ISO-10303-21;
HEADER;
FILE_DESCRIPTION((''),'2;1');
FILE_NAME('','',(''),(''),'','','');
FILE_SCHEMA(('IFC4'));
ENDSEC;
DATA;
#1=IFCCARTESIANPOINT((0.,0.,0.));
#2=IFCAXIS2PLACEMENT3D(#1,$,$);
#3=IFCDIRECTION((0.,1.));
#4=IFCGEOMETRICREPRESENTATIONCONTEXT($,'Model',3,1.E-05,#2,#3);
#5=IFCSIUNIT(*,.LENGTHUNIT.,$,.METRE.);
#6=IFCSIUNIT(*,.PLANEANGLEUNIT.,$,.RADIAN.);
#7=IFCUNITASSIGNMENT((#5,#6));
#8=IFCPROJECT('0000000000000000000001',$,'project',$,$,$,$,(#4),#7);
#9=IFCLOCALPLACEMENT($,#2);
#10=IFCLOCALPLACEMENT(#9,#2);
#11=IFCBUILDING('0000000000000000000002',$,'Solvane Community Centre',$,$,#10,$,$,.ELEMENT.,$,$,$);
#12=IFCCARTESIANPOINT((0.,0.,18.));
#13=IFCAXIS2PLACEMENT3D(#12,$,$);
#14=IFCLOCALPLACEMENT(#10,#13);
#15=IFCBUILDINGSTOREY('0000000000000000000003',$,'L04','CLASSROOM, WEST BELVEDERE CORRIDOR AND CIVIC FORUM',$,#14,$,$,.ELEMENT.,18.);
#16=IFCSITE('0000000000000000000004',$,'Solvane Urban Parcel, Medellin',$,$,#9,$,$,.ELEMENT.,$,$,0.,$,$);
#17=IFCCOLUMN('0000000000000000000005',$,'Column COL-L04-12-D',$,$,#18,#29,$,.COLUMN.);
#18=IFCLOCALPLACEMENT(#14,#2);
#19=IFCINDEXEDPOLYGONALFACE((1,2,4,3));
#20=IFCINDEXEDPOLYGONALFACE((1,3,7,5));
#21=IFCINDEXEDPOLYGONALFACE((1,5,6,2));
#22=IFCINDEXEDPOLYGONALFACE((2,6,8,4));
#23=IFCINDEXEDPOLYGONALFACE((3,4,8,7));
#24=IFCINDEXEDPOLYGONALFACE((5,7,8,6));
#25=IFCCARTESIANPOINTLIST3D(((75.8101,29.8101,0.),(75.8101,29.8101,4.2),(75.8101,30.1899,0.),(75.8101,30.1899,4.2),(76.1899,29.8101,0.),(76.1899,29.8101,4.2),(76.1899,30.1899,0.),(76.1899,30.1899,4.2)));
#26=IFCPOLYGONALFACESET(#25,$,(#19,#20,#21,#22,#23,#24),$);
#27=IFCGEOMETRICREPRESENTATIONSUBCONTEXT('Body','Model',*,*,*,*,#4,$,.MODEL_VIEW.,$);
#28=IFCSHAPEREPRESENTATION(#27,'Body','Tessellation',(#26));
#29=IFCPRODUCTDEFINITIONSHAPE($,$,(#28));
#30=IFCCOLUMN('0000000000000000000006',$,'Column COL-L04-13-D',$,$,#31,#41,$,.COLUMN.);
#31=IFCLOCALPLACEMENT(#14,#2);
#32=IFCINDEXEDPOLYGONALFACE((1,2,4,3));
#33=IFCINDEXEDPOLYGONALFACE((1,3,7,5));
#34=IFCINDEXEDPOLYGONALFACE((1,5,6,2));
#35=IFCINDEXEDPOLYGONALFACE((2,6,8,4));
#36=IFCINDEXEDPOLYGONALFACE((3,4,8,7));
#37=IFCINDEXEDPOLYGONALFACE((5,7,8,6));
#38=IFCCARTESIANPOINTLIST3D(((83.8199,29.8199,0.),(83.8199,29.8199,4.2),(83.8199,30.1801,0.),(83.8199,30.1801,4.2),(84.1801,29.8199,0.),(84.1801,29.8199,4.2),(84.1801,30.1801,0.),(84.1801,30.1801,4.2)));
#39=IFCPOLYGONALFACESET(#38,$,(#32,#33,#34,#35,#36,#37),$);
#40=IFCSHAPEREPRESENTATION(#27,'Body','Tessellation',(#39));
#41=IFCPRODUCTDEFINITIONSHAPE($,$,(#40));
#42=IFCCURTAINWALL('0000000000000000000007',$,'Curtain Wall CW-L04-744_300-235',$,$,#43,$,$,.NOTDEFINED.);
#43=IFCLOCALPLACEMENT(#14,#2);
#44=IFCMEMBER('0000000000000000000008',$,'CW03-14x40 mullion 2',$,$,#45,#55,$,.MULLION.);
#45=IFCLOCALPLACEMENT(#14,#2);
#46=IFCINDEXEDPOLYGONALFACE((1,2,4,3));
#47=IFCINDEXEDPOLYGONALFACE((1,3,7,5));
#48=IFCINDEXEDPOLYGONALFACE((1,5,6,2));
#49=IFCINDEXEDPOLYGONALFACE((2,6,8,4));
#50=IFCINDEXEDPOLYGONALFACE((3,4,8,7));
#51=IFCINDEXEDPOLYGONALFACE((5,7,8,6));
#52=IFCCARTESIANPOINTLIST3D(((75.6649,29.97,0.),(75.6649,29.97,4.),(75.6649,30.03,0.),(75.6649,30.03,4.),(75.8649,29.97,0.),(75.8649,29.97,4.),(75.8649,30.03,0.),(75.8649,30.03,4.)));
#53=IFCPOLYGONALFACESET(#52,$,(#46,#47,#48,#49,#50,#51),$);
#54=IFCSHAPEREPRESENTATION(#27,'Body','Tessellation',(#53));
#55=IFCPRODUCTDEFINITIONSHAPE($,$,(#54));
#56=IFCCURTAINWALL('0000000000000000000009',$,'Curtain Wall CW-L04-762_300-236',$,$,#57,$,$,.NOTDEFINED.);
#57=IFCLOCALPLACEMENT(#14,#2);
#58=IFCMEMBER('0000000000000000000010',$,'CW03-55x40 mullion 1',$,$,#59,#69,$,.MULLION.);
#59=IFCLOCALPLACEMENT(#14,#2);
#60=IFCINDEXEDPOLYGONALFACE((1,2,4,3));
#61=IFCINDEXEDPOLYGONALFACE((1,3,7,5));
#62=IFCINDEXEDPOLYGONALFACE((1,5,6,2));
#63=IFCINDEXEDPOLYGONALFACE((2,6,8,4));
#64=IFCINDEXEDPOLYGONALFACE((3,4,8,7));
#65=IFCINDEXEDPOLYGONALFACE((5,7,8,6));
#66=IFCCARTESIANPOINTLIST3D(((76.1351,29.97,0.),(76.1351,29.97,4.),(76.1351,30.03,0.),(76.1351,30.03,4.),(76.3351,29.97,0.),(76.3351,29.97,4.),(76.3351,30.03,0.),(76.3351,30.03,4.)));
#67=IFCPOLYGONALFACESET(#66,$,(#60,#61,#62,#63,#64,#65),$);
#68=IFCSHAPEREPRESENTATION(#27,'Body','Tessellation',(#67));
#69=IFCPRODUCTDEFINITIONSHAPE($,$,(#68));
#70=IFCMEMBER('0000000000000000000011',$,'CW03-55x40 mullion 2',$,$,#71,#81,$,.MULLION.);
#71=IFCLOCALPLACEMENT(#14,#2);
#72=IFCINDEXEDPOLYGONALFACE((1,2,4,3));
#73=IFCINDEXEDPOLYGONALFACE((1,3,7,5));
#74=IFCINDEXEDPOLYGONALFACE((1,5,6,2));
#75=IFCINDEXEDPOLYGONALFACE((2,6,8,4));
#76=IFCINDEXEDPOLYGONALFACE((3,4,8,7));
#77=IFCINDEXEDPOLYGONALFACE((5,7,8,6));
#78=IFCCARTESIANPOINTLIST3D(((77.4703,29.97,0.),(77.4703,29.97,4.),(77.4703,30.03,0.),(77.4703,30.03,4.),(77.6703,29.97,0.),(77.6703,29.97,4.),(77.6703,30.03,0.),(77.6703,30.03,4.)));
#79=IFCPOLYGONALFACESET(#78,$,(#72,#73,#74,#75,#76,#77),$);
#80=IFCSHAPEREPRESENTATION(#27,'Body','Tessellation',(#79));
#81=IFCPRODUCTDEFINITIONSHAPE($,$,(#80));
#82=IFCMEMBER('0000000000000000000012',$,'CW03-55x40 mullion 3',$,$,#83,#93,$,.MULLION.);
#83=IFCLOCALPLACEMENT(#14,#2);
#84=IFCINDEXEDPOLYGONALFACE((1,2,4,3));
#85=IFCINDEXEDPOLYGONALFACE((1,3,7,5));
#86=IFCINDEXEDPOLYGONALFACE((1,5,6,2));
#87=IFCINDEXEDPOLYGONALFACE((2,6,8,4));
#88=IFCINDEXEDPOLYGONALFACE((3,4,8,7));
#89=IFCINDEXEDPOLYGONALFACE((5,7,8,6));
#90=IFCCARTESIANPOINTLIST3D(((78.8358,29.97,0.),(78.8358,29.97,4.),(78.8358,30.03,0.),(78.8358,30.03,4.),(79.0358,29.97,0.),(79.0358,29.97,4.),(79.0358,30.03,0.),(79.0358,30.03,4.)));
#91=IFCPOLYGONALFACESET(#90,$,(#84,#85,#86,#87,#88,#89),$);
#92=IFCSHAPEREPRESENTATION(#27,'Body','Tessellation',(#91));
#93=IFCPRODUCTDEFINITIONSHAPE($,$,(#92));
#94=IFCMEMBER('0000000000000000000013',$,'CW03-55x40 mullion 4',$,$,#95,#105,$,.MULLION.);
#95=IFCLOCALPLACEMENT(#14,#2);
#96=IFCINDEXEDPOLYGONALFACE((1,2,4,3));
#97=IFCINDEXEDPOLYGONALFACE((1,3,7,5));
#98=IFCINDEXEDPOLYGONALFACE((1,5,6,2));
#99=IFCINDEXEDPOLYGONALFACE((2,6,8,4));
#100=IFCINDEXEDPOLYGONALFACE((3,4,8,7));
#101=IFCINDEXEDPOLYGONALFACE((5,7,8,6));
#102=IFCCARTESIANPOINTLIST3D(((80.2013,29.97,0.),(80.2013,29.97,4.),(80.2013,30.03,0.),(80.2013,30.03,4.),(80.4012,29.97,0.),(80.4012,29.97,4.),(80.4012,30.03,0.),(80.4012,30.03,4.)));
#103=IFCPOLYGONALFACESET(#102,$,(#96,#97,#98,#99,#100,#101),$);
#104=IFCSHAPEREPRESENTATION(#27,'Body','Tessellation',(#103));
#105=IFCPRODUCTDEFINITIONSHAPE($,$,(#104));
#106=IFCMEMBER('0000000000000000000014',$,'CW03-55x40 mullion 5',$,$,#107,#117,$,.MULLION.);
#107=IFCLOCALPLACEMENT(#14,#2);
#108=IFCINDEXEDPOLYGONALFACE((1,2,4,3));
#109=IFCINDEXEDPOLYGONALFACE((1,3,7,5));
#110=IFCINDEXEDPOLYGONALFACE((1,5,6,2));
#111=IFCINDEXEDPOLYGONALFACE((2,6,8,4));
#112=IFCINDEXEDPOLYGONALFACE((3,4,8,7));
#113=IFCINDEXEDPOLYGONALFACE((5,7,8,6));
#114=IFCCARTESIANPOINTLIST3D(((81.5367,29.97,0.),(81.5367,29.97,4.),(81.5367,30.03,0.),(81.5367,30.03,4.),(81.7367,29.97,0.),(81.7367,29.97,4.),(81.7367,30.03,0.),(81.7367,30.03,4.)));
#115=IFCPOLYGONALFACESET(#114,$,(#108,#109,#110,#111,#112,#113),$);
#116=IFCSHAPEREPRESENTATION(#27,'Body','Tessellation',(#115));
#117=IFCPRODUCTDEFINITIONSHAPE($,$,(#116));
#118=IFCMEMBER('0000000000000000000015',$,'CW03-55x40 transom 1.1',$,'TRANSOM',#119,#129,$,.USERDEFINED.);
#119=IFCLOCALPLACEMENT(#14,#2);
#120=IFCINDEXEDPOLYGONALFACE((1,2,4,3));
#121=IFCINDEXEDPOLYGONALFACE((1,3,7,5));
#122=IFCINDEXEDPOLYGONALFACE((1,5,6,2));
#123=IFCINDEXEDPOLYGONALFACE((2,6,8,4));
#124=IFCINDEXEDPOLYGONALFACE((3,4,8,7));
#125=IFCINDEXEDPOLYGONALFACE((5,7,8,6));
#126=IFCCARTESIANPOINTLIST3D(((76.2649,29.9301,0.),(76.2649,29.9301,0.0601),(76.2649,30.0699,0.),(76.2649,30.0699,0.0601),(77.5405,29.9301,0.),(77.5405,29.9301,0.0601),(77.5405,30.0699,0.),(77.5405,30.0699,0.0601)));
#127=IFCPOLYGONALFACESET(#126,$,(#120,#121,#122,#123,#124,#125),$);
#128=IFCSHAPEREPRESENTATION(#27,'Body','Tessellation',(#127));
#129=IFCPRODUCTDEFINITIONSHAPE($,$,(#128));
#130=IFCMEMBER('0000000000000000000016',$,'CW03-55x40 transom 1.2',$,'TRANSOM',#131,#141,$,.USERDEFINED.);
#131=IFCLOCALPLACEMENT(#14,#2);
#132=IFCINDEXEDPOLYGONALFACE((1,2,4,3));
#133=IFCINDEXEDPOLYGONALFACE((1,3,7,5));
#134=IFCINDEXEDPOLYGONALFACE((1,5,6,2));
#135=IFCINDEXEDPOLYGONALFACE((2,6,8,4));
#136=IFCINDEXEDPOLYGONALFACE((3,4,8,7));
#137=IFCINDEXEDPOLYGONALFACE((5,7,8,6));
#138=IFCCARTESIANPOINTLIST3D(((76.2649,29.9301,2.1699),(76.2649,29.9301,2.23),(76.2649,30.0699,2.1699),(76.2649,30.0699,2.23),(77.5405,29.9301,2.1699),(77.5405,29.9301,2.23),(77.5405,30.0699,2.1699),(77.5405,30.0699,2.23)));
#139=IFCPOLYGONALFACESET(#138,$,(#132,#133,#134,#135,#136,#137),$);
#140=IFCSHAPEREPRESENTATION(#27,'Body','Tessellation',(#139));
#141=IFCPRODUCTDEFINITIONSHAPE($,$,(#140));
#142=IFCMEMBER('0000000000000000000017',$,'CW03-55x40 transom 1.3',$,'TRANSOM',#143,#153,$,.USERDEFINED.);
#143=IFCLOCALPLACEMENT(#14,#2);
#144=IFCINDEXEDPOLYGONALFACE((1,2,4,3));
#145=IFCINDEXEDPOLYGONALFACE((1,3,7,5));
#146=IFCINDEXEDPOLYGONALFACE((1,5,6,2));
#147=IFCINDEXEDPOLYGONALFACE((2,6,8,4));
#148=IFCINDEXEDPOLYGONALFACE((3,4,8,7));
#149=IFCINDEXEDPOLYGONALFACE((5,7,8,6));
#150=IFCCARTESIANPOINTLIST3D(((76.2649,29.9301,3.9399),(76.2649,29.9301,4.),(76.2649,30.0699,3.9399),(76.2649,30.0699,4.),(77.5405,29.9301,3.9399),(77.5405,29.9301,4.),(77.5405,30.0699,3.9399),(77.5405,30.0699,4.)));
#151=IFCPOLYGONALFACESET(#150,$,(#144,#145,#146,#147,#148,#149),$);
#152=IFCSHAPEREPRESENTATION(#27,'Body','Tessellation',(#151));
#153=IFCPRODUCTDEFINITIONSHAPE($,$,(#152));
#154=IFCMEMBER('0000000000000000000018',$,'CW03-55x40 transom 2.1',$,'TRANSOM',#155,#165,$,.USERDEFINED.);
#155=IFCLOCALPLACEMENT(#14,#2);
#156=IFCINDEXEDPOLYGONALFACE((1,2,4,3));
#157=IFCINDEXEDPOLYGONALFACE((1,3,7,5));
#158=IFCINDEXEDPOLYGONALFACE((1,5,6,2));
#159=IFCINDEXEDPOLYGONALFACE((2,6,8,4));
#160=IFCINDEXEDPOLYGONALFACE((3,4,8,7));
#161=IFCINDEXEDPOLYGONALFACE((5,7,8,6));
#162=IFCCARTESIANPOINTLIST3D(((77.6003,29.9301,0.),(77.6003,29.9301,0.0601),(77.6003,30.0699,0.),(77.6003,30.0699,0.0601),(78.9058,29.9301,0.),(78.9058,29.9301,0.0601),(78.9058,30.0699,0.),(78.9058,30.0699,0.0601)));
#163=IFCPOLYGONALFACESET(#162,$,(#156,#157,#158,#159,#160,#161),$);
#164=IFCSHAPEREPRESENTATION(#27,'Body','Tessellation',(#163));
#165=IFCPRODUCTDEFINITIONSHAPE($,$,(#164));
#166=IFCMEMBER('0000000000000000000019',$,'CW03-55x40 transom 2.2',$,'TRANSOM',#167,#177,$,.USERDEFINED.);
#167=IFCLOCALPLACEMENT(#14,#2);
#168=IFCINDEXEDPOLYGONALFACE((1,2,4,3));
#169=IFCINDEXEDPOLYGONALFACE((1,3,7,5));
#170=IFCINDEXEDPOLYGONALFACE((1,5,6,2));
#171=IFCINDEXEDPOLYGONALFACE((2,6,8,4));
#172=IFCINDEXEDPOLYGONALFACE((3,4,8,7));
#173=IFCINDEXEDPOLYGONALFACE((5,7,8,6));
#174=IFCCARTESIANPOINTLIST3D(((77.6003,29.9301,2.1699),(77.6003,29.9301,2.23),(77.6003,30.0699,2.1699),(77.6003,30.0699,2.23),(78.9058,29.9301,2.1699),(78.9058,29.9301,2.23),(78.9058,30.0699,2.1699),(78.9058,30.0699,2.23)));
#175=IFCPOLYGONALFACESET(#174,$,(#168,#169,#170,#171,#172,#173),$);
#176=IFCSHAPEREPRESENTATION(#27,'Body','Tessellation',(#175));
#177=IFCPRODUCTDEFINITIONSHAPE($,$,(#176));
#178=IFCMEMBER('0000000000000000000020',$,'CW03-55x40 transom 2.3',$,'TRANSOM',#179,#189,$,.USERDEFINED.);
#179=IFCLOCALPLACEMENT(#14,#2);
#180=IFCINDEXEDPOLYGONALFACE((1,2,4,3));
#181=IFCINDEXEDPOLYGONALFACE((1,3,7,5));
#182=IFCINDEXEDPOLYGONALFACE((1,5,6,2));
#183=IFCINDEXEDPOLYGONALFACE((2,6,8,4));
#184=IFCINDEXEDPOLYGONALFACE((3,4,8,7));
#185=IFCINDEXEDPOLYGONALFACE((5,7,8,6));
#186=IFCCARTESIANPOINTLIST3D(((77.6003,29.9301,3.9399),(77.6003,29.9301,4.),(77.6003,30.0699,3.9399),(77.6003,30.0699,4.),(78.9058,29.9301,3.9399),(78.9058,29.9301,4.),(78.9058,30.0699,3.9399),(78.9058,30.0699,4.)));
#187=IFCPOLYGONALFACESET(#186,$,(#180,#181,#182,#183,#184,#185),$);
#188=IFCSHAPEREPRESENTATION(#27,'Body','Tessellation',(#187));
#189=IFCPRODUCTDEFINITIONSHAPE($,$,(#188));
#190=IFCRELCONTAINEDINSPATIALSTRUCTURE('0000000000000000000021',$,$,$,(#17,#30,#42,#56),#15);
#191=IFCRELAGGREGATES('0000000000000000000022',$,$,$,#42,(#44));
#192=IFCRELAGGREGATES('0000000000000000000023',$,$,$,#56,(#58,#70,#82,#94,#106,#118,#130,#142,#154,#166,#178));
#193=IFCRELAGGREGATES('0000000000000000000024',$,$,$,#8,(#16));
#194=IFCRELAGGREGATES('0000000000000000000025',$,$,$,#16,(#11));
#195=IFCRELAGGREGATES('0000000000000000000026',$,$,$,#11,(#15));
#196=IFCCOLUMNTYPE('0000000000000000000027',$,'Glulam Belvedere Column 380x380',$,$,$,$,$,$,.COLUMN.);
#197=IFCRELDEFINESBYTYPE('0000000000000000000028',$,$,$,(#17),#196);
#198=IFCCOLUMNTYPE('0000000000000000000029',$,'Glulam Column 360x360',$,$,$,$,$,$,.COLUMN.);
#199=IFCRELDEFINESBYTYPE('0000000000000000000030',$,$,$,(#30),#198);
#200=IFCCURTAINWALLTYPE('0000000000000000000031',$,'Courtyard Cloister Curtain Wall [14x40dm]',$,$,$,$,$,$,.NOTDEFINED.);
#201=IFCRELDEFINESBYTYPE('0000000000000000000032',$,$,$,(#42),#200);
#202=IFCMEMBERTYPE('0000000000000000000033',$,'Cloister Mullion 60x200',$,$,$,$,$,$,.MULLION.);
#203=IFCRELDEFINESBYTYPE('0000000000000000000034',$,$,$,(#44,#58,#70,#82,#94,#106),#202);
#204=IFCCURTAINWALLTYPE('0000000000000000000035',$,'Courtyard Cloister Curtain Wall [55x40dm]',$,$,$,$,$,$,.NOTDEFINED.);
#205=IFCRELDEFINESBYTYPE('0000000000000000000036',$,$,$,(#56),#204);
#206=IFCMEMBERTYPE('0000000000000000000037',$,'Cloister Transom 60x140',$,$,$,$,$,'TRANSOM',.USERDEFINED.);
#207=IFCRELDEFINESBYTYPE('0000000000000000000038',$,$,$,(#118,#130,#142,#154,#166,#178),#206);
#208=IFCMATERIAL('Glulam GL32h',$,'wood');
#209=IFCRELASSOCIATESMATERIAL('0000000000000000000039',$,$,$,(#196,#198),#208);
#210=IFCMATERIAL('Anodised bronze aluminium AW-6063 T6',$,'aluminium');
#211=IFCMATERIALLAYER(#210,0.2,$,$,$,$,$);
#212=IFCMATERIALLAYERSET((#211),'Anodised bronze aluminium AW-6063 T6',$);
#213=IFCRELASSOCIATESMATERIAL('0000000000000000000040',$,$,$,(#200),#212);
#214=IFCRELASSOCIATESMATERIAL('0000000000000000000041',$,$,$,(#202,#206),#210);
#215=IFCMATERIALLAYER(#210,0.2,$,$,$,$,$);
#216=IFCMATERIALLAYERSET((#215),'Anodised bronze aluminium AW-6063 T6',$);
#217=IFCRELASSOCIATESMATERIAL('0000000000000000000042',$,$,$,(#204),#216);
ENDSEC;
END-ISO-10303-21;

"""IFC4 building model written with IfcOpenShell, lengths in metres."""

from ifc_helpers import new_model, si_unit, direction, frame, origin, origin_2d, place, context, subcontext, project, spatial, rectangle, extrude, material, layer, layer_set, material_profile, profile_set, type_object, element, aggregate, save


model = new_model("IFC4")

# Units and contexts
model_context = context("Model", 3, precision=1e-05, world=origin(), true_north=direction((0.0, 1.0)))
body_context = subcontext(model_context, "Body", "Model", "MODEL_VIEW")
ifc_project = project(units=[si_unit("LENGTHUNIT", "METRE"), si_unit("PLANEANGLEUNIT", "RADIAN")], contexts=[model_context])

# Site, building, storey
site_placement = place(None, origin())
site = spatial("IfcSite", under=ifc_project, at=site_placement, Name="Solvane Urban Parcel, Medellin", CompositionType="ELEMENT", RefElevation=0.0)
building_placement = place(site_placement, origin())
building = spatial("IfcBuilding", under=site, at=building_placement, Name="Solvane Community Centre", CompositionType="ELEMENT")
storey_placement = place(building_placement, frame((0.0, 0.0, 18.0)))
storey = spatial("IfcBuildingStorey", under=building, at=storey_placement, Name="L04", Description="CLASSROOM, WEST BELVEDERE CORRIDOR AND CIVIC FORUM", CompositionType="ELEMENT", Elevation=18.0)

# Columns
ifc_material_1 = material(Name="Glulam GL32h", Category="wood")
ifc_material_profile_1 = material_profile(ifc_material_1, rectangle(XDim=0.3799, YDim=0.3799, at=origin_2d()), Name="GL32h 380x380")
ifc_profile_set_1 = profile_set([ifc_material_profile_1], Name="Glulam GL32h")
column_type_1 = type_object("IfcColumnType", Name="Glulam Belvedere Column 380x380", PredefinedType="COLUMN", material=ifc_profile_set_1)
column_1_placement = place(storey_placement, frame((76.0, 30.0, 0.0), z_axis=(0.0, 0.0, 1.0), x_axis=(1.0, 0.0, 0.0)))
element("IfcColumn", 1, at=column_1_placement, inside=storey, type_object=column_type_1, Name="Column COL-L04-12-D", PredefinedType="COLUMN", context=body_context, shape_type="SweptSolid", body=[
    extrude(rectangle(XDim=0.3799, YDim=0.3799, at=origin_2d()), origin(), (0.0, 0.0, 1.0), 4.2),
])
ifc_material_profile_2 = material_profile(ifc_material_1, rectangle(XDim=0.3601, YDim=0.3601, at=origin_2d()), Name="GL32h 360x360")
ifc_profile_set_2 = profile_set([ifc_material_profile_2], Name="Glulam GL32h")
column_type_2 = type_object("IfcColumnType", Name="Glulam Column 360x360", PredefinedType="COLUMN", material=ifc_profile_set_2)
column_2_placement = place(storey_placement, frame((84.0, 30.0, 0.0), z_axis=(0.0, 0.0, 1.0), x_axis=(1.0, 0.0, 0.0)))
element("IfcColumn", 2, at=column_2_placement, inside=storey, type_object=column_type_2, Name="Column COL-L04-13-D", PredefinedType="COLUMN", context=body_context, shape_type="SweptSolid", body=[
    extrude(rectangle(XDim=0.3601, YDim=0.3601, at=origin_2d()), origin(), (0.0, 0.0, 1.0), 4.2),
])

# Curtain wall, member
ifc_material_2 = material(Name="Anodised bronze aluminium AW-6063 T6", Category="aluminium")
ifc_layer_1 = layer(ifc_material_2, 0.2)
ifc_layer_set_1 = layer_set([ifc_layer_1], Name="Anodised bronze aluminium AW-6063 T6")
curtain_wall_type_1 = type_object("IfcCurtainWallType", Name="Courtyard Cloister Curtain Wall [14x40dm]", PredefinedType="NOTDEFINED", material=ifc_layer_set_1)
curtain_wall_1_placement = place(storey_placement, origin())
curtain_wall_1 = element("IfcCurtainWall", 3, at=curtain_wall_1_placement, inside=storey, type_object=curtain_wall_type_1, Name="Curtain Wall CW-L04-744_300-235", PredefinedType="NOTDEFINED")
ifc_material_profile_3 = material_profile(ifc_material_2, rectangle(XDim=0.0601, YDim=0.2, at=origin_2d()), Name="CW-M 60x200")
ifc_profile_set_3 = profile_set([ifc_material_profile_3], Name="Anodised bronze aluminium AW-6063 T6")
member_type_1 = type_object("IfcMemberType", Name="Cloister Mullion 60x200", PredefinedType="MULLION", material=ifc_profile_set_3)
member_1_placement = place(storey_placement, frame((75.7649, 30.0, 0.0), z_axis=(0.0, 0.0, 1.0), x_axis=(0.0, 1.0, 0.0)))
member_1 = element("IfcMember", 4, at=member_1_placement, type_object=member_type_1, Name="CW03-14x40 mullion 2", PredefinedType="MULLION", context=body_context, shape_type="SweptSolid", body=[
    extrude(rectangle(XDim=0.0601, YDim=0.2, at=origin_2d()), origin(), (0.0, 0.0, 1.0), 4.0),
])

# Curtain wall, members
ifc_layer_2 = layer(ifc_material_2, 0.2)
ifc_layer_set_2 = layer_set([ifc_layer_2], Name="Anodised bronze aluminium AW-6063 T6")
curtain_wall_type_2 = type_object("IfcCurtainWallType", Name="Courtyard Cloister Curtain Wall [55x40dm]", PredefinedType="NOTDEFINED", material=ifc_layer_set_2)
curtain_wall_2_placement = place(storey_placement, origin())
curtain_wall_2 = element("IfcCurtainWall", 5, at=curtain_wall_2_placement, inside=storey, type_object=curtain_wall_type_2, Name="Curtain Wall CW-L04-762_300-236", PredefinedType="NOTDEFINED")
member_2_placement = place(storey_placement, frame((76.2351, 30.0, 0.0), z_axis=(0.0, 0.0, 1.0), x_axis=(0.0, 1.0, 0.0)))
member_2 = element("IfcMember", 6, at=member_2_placement, type_object=member_type_1, Name="CW03-55x40 mullion 1", PredefinedType="MULLION", context=body_context, shape_type="SweptSolid", body=[
    extrude(rectangle(XDim=0.0601, YDim=0.2, at=origin_2d()), origin(), (0.0, 0.0, 1.0), 4.0),
])
member_3_placement = place(storey_placement, frame((77.5703, 30.0, 0.0), z_axis=(0.0, 0.0, 1.0), x_axis=(0.0, 1.0, 0.0)))
member_3 = element("IfcMember", 7, at=member_3_placement, type_object=member_type_1, Name="CW03-55x40 mullion 2", PredefinedType="MULLION", context=body_context, shape_type="SweptSolid", body=[
    extrude(rectangle(XDim=0.0601, YDim=0.2, at=origin_2d()), origin(), (0.0, 0.0, 1.0), 4.0),
])
member_4_placement = place(storey_placement, frame((78.9358, 30.0, 0.0), z_axis=(0.0, 0.0, 1.0), x_axis=(0.0, 1.0, 0.0)))
member_4 = element("IfcMember", 8, at=member_4_placement, type_object=member_type_1, Name="CW03-55x40 mullion 3", PredefinedType="MULLION", context=body_context, shape_type="SweptSolid", body=[
    extrude(rectangle(XDim=0.0601, YDim=0.2, at=origin_2d()), origin(), (0.0, 0.0, 1.0), 4.0),
])
member_5_placement = place(storey_placement, frame((80.3013, 30.0, 0.0), z_axis=(0.0, 0.0, 1.0), x_axis=(0.0, 1.0, 0.0)))
member_5 = element("IfcMember", 9, at=member_5_placement, type_object=member_type_1, Name="CW03-55x40 mullion 4", PredefinedType="MULLION", context=body_context, shape_type="SweptSolid", body=[
    extrude(rectangle(XDim=0.0601, YDim=0.2, at=origin_2d()), origin(), (0.0, 0.0, 1.0), 4.0),
])
member_6_placement = place(storey_placement, frame((81.6367, 30.0, 0.0), z_axis=(0.0, 0.0, 1.0), x_axis=(0.0, 1.0, 0.0)))
member_6 = element("IfcMember", 10, at=member_6_placement, type_object=member_type_1, Name="CW03-55x40 mullion 5", PredefinedType="MULLION", context=body_context, shape_type="SweptSolid", body=[
    extrude(rectangle(XDim=0.0601, YDim=0.2, at=origin_2d()), origin(), (0.0, 0.0, 1.0), 4.0),
])
ifc_material_profile_4 = material_profile(ifc_material_2, rectangle(XDim=0.1399, YDim=0.0601, at=origin_2d()), Name="CW-T 60x140")
ifc_profile_set_4 = profile_set([ifc_material_profile_4], Name="Anodised bronze aluminium AW-6063 T6")
member_type_2 = type_object("IfcMemberType", Name="Cloister Transom 60x140", ElementType="TRANSOM", PredefinedType="USERDEFINED", material=ifc_profile_set_4)
member_7_placement = place(storey_placement, frame((76.2649, 30.0, 0.03), z_axis=(1.0, 0.0, 0.0), x_axis=(0.0, 1.0, 0.0)))
member_7 = element("IfcMember", 11, at=member_7_placement, type_object=member_type_2, Name="CW03-55x40 transom 1.1", ObjectType="TRANSOM", PredefinedType="USERDEFINED", context=body_context, shape_type="SweptSolid", body=[
    extrude(rectangle(XDim=0.1399, YDim=0.0601, at=origin_2d()), origin(), (0.0, 0.0, 1.0), 1.2756),
])
member_8_placement = place(storey_placement, frame((76.2649, 30.0, 2.2), z_axis=(1.0, 0.0, 0.0), x_axis=(0.0, 1.0, 0.0)))
member_8 = element("IfcMember", 12, at=member_8_placement, type_object=member_type_2, Name="CW03-55x40 transom 1.2", ObjectType="TRANSOM", PredefinedType="USERDEFINED", context=body_context, shape_type="SweptSolid", body=[
    extrude(rectangle(XDim=0.1399, YDim=0.0601, at=origin_2d()), origin(), (0.0, 0.0, 1.0), 1.2756),
])
member_9_placement = place(storey_placement, frame((76.2649, 30.0, 3.97), z_axis=(1.0, 0.0, 0.0), x_axis=(0.0, 1.0, 0.0)))
member_9 = element("IfcMember", 13, at=member_9_placement, type_object=member_type_2, Name="CW03-55x40 transom 1.3", ObjectType="TRANSOM", PredefinedType="USERDEFINED", context=body_context, shape_type="SweptSolid", body=[
    extrude(rectangle(XDim=0.1399, YDim=0.0601, at=origin_2d()), origin(), (0.0, 0.0, 1.0), 1.2756),
])
member_10_placement = place(storey_placement, frame((77.6003, 30.0, 0.03), z_axis=(1.0, 0.0, 0.0), x_axis=(0.0, 1.0, 0.0)))
member_10 = element("IfcMember", 14, at=member_10_placement, type_object=member_type_2, Name="CW03-55x40 transom 2.1", ObjectType="TRANSOM", PredefinedType="USERDEFINED", context=body_context, shape_type="SweptSolid", body=[
    extrude(rectangle(XDim=0.1399, YDim=0.0601, at=origin_2d()), origin(), (0.0, 0.0, 1.0), 1.3054),
])
member_11_placement = place(storey_placement, frame((77.6003, 30.0, 2.2), z_axis=(1.0, 0.0, 0.0), x_axis=(0.0, 1.0, 0.0)))
member_11 = element("IfcMember", 15, at=member_11_placement, type_object=member_type_2, Name="CW03-55x40 transom 2.2", ObjectType="TRANSOM", PredefinedType="USERDEFINED", context=body_context, shape_type="SweptSolid", body=[
    extrude(rectangle(XDim=0.1399, YDim=0.0601, at=origin_2d()), origin(), (0.0, 0.0, 1.0), 1.3054),
])
member_12_placement = place(storey_placement, frame((77.6003, 30.0, 3.97), z_axis=(1.0, 0.0, 0.0), x_axis=(0.0, 1.0, 0.0)))
member_12 = element("IfcMember", 16, at=member_12_placement, type_object=member_type_2, Name="CW03-55x40 transom 2.3", ObjectType="TRANSOM", PredefinedType="USERDEFINED", context=body_context, shape_type="SweptSolid", body=[
    extrude(rectangle(XDim=0.1399, YDim=0.0601, at=origin_2d()), origin(), (0.0, 0.0, 1.0), 1.3054),
])

aggregate(curtain_wall_1, [member_1])
aggregate(curtain_wall_2, [member_2, member_3, member_4, member_5, member_6, member_7, member_8, member_9, member_10, member_11, member_12])

save(model, "model.ifc")
